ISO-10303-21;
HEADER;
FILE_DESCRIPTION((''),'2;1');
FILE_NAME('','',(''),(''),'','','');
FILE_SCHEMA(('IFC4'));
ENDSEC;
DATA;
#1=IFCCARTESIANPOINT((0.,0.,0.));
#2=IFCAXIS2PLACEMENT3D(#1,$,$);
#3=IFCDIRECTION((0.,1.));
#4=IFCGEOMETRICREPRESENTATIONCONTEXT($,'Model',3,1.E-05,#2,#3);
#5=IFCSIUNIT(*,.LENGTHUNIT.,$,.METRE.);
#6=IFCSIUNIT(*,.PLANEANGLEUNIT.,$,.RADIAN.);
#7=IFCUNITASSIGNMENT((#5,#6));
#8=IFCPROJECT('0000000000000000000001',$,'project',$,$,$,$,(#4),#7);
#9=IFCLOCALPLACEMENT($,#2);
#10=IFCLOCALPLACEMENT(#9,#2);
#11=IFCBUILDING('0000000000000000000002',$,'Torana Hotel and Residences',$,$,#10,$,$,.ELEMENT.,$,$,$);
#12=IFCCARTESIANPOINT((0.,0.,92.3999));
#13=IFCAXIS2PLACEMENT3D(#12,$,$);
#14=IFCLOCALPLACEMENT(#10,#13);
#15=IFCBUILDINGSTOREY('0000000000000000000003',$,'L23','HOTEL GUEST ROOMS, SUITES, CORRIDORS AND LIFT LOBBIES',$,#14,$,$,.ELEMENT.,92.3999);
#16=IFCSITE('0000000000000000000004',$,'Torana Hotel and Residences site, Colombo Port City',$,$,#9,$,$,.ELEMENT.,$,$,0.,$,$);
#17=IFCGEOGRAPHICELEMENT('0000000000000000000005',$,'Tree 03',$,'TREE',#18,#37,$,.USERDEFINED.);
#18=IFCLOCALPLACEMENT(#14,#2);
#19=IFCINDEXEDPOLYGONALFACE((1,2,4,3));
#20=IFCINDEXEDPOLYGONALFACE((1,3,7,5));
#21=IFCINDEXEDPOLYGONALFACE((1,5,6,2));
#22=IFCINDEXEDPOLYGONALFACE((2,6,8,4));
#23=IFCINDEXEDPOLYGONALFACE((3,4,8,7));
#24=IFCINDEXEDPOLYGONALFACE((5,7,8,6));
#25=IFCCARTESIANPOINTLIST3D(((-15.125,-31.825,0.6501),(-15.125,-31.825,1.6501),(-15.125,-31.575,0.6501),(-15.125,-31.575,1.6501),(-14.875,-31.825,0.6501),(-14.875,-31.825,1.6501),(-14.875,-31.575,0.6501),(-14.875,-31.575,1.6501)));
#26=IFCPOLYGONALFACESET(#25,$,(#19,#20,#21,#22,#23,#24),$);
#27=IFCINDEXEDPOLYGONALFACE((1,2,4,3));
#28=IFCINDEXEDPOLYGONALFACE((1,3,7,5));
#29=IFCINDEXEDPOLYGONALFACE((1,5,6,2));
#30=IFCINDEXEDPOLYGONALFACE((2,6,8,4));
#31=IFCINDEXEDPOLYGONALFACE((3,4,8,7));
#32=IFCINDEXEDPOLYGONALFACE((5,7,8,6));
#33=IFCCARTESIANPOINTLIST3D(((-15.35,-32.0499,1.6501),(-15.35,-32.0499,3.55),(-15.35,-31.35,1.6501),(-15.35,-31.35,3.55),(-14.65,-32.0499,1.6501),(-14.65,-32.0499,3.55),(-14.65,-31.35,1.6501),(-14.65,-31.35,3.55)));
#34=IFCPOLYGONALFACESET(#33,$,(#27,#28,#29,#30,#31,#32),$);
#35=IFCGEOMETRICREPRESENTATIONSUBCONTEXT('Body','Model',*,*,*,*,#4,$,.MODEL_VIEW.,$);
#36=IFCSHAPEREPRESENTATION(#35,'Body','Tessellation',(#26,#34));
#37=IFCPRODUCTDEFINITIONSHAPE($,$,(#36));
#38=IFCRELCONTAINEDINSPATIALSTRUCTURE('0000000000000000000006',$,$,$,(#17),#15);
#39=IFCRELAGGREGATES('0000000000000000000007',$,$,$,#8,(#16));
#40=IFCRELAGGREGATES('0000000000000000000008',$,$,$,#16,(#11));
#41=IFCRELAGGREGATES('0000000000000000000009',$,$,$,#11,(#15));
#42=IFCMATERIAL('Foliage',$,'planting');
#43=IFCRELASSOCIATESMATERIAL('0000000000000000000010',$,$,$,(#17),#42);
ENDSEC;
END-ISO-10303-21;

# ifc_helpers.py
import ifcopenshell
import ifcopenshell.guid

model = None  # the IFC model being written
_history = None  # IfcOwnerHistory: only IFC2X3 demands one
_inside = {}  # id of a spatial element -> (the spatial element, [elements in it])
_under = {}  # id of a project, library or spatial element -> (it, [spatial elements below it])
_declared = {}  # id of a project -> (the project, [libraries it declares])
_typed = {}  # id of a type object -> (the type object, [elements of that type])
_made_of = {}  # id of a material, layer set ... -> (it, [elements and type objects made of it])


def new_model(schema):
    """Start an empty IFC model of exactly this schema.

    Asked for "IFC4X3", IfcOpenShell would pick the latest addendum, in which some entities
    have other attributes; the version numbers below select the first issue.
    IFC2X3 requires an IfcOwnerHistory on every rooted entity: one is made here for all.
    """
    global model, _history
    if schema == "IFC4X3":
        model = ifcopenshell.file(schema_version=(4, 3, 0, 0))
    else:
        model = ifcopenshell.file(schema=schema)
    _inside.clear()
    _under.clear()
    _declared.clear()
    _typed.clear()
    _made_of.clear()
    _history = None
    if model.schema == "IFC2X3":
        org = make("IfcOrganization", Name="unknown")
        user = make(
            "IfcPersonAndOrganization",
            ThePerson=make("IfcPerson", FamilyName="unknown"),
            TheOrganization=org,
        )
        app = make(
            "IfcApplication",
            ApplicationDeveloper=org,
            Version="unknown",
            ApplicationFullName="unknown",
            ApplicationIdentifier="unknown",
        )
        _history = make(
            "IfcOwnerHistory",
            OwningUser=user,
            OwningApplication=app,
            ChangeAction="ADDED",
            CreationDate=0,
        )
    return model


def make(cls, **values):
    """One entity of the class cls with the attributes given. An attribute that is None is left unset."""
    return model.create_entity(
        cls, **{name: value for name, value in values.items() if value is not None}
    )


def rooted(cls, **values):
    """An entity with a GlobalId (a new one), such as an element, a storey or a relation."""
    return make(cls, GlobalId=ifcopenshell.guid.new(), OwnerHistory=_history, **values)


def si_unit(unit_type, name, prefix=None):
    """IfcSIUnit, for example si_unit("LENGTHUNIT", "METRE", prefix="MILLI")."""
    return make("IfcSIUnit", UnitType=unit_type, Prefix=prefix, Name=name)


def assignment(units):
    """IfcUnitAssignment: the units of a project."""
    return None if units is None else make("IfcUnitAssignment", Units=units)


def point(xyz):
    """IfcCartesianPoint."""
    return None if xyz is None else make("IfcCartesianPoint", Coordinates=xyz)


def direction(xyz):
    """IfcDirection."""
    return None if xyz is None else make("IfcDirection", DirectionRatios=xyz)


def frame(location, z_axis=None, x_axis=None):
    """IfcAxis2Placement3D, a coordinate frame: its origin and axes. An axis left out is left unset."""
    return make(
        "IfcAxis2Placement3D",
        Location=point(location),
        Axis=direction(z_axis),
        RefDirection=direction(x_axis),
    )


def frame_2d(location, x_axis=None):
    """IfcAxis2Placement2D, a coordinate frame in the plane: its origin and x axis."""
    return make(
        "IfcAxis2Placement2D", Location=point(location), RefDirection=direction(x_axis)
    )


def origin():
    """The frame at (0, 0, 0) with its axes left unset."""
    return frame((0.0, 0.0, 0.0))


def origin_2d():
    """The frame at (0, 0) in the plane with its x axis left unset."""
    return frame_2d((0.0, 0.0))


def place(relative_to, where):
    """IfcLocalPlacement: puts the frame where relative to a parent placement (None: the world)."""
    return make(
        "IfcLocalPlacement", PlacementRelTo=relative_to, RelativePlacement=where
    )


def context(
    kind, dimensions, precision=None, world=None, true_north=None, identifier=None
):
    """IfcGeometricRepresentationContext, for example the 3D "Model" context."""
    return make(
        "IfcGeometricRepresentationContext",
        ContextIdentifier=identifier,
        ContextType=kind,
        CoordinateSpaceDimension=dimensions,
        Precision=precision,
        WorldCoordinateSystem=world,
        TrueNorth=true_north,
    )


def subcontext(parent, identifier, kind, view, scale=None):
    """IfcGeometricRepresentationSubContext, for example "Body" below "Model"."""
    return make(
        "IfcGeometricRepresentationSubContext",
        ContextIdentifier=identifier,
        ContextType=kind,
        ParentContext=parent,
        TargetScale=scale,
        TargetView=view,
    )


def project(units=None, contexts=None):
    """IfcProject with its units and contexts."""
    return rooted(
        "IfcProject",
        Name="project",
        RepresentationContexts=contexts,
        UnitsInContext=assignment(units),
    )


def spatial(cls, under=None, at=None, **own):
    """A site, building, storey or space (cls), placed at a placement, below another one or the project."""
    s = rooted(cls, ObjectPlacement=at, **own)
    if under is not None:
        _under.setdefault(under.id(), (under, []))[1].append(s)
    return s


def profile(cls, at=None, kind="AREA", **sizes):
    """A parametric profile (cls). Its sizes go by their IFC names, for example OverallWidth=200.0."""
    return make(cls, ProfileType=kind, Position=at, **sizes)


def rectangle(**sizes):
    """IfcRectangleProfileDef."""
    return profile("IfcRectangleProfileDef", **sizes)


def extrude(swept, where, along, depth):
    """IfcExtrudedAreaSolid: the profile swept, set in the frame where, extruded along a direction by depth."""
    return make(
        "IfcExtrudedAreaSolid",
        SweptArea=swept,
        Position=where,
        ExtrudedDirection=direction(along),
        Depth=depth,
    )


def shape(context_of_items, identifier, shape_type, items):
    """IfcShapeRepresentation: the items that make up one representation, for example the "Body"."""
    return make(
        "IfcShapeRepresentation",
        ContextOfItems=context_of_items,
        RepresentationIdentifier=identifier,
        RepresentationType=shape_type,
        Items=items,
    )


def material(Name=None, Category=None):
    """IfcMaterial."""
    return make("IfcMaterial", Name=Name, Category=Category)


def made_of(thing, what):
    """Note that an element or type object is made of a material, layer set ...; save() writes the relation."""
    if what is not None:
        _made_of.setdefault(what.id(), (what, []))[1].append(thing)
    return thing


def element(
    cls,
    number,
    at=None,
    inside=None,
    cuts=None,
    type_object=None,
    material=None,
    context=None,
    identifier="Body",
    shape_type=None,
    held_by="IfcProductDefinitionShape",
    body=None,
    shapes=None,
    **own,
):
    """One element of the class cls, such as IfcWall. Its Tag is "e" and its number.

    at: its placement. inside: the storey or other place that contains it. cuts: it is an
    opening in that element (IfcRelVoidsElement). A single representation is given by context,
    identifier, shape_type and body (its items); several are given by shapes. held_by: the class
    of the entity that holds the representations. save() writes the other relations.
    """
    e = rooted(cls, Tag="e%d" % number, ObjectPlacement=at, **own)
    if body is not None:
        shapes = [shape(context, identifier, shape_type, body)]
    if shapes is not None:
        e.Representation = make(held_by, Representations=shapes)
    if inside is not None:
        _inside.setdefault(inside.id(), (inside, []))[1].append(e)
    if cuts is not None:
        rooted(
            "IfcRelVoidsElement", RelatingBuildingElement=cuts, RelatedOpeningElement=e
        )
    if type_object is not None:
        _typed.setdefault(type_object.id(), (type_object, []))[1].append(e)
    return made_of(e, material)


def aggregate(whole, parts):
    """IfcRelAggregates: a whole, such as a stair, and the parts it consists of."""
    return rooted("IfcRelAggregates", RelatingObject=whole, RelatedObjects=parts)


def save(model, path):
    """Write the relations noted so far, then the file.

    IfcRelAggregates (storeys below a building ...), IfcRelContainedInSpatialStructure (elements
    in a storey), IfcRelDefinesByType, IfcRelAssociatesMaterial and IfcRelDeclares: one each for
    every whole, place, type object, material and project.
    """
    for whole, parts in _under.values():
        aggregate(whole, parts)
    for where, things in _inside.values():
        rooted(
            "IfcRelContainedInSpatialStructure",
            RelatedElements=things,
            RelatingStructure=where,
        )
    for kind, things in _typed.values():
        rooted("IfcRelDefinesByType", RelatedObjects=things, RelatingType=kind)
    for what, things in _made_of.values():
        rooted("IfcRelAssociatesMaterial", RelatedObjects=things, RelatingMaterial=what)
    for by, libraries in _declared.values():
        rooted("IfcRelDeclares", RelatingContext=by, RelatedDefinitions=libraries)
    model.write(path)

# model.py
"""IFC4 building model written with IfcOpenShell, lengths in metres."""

from ifc_helpers import new_model, si_unit, direction, frame, origin, origin_2d, place, context, subcontext, project, spatial, rectangle, extrude, material, element, save


model = new_model("IFC4")

# Units and contexts
model_context = context("Model", 3, precision=1e-05, world=origin(), true_north=direction((0.0, 1.0)))
body_context = subcontext(model_context, "Body", "Model", "MODEL_VIEW")
ifc_project = project(units=[si_unit("LENGTHUNIT", "METRE"), si_unit("PLANEANGLEUNIT", "RADIAN")], contexts=[model_context])

# Site, building, storey
site_placement = place(None, origin())
site = spatial("IfcSite", under=ifc_project, at=site_placement, Name="Torana Hotel and Residences site, Colombo Port City", CompositionType="ELEMENT", RefElevation=0.0)
building_placement = place(site_placement, origin())
building = spatial("IfcBuilding", under=site, at=building_placement, Name="Torana Hotel and Residences", CompositionType="ELEMENT")
storey_placement = place(building_placement, frame((0.0, 0.0, 92.3999)))
storey = spatial("IfcBuildingStorey", under=building, at=storey_placement, Name="L23", Description="HOTEL GUEST ROOMS, SUITES, CORRIDORS AND LIFT LOBBIES", CompositionType="ELEMENT", Elevation=92.3999)

# Geographic element
ifc_material_1 = material(Name="Foliage", Category="planting")
geographic_element_placement = place(storey_placement, frame((-15.0, -31.7, 0.6501), z_axis=(0.0, 0.0, 1.0), x_axis=(1.0, 0.0, 0.0)))
element("IfcGeographicElement", 1, at=geographic_element_placement, inside=storey, material=ifc_material_1, Name="Tree 03", ObjectType="TREE", PredefinedType="USERDEFINED", context=body_context, shape_type="SweptSolid", body=[
    extrude(rectangle(XDim=0.25, YDim=0.25, at=origin_2d()), origin(), (0.0, 0.0, 1.0), 1.0),
    extrude(rectangle(XDim=0.7, YDim=0.7, at=origin_2d()), frame((0.0, 0.0, 1.0)), (0.0, 0.0, 1.0), 1.8999),
])

save(model, "model.ifc")
